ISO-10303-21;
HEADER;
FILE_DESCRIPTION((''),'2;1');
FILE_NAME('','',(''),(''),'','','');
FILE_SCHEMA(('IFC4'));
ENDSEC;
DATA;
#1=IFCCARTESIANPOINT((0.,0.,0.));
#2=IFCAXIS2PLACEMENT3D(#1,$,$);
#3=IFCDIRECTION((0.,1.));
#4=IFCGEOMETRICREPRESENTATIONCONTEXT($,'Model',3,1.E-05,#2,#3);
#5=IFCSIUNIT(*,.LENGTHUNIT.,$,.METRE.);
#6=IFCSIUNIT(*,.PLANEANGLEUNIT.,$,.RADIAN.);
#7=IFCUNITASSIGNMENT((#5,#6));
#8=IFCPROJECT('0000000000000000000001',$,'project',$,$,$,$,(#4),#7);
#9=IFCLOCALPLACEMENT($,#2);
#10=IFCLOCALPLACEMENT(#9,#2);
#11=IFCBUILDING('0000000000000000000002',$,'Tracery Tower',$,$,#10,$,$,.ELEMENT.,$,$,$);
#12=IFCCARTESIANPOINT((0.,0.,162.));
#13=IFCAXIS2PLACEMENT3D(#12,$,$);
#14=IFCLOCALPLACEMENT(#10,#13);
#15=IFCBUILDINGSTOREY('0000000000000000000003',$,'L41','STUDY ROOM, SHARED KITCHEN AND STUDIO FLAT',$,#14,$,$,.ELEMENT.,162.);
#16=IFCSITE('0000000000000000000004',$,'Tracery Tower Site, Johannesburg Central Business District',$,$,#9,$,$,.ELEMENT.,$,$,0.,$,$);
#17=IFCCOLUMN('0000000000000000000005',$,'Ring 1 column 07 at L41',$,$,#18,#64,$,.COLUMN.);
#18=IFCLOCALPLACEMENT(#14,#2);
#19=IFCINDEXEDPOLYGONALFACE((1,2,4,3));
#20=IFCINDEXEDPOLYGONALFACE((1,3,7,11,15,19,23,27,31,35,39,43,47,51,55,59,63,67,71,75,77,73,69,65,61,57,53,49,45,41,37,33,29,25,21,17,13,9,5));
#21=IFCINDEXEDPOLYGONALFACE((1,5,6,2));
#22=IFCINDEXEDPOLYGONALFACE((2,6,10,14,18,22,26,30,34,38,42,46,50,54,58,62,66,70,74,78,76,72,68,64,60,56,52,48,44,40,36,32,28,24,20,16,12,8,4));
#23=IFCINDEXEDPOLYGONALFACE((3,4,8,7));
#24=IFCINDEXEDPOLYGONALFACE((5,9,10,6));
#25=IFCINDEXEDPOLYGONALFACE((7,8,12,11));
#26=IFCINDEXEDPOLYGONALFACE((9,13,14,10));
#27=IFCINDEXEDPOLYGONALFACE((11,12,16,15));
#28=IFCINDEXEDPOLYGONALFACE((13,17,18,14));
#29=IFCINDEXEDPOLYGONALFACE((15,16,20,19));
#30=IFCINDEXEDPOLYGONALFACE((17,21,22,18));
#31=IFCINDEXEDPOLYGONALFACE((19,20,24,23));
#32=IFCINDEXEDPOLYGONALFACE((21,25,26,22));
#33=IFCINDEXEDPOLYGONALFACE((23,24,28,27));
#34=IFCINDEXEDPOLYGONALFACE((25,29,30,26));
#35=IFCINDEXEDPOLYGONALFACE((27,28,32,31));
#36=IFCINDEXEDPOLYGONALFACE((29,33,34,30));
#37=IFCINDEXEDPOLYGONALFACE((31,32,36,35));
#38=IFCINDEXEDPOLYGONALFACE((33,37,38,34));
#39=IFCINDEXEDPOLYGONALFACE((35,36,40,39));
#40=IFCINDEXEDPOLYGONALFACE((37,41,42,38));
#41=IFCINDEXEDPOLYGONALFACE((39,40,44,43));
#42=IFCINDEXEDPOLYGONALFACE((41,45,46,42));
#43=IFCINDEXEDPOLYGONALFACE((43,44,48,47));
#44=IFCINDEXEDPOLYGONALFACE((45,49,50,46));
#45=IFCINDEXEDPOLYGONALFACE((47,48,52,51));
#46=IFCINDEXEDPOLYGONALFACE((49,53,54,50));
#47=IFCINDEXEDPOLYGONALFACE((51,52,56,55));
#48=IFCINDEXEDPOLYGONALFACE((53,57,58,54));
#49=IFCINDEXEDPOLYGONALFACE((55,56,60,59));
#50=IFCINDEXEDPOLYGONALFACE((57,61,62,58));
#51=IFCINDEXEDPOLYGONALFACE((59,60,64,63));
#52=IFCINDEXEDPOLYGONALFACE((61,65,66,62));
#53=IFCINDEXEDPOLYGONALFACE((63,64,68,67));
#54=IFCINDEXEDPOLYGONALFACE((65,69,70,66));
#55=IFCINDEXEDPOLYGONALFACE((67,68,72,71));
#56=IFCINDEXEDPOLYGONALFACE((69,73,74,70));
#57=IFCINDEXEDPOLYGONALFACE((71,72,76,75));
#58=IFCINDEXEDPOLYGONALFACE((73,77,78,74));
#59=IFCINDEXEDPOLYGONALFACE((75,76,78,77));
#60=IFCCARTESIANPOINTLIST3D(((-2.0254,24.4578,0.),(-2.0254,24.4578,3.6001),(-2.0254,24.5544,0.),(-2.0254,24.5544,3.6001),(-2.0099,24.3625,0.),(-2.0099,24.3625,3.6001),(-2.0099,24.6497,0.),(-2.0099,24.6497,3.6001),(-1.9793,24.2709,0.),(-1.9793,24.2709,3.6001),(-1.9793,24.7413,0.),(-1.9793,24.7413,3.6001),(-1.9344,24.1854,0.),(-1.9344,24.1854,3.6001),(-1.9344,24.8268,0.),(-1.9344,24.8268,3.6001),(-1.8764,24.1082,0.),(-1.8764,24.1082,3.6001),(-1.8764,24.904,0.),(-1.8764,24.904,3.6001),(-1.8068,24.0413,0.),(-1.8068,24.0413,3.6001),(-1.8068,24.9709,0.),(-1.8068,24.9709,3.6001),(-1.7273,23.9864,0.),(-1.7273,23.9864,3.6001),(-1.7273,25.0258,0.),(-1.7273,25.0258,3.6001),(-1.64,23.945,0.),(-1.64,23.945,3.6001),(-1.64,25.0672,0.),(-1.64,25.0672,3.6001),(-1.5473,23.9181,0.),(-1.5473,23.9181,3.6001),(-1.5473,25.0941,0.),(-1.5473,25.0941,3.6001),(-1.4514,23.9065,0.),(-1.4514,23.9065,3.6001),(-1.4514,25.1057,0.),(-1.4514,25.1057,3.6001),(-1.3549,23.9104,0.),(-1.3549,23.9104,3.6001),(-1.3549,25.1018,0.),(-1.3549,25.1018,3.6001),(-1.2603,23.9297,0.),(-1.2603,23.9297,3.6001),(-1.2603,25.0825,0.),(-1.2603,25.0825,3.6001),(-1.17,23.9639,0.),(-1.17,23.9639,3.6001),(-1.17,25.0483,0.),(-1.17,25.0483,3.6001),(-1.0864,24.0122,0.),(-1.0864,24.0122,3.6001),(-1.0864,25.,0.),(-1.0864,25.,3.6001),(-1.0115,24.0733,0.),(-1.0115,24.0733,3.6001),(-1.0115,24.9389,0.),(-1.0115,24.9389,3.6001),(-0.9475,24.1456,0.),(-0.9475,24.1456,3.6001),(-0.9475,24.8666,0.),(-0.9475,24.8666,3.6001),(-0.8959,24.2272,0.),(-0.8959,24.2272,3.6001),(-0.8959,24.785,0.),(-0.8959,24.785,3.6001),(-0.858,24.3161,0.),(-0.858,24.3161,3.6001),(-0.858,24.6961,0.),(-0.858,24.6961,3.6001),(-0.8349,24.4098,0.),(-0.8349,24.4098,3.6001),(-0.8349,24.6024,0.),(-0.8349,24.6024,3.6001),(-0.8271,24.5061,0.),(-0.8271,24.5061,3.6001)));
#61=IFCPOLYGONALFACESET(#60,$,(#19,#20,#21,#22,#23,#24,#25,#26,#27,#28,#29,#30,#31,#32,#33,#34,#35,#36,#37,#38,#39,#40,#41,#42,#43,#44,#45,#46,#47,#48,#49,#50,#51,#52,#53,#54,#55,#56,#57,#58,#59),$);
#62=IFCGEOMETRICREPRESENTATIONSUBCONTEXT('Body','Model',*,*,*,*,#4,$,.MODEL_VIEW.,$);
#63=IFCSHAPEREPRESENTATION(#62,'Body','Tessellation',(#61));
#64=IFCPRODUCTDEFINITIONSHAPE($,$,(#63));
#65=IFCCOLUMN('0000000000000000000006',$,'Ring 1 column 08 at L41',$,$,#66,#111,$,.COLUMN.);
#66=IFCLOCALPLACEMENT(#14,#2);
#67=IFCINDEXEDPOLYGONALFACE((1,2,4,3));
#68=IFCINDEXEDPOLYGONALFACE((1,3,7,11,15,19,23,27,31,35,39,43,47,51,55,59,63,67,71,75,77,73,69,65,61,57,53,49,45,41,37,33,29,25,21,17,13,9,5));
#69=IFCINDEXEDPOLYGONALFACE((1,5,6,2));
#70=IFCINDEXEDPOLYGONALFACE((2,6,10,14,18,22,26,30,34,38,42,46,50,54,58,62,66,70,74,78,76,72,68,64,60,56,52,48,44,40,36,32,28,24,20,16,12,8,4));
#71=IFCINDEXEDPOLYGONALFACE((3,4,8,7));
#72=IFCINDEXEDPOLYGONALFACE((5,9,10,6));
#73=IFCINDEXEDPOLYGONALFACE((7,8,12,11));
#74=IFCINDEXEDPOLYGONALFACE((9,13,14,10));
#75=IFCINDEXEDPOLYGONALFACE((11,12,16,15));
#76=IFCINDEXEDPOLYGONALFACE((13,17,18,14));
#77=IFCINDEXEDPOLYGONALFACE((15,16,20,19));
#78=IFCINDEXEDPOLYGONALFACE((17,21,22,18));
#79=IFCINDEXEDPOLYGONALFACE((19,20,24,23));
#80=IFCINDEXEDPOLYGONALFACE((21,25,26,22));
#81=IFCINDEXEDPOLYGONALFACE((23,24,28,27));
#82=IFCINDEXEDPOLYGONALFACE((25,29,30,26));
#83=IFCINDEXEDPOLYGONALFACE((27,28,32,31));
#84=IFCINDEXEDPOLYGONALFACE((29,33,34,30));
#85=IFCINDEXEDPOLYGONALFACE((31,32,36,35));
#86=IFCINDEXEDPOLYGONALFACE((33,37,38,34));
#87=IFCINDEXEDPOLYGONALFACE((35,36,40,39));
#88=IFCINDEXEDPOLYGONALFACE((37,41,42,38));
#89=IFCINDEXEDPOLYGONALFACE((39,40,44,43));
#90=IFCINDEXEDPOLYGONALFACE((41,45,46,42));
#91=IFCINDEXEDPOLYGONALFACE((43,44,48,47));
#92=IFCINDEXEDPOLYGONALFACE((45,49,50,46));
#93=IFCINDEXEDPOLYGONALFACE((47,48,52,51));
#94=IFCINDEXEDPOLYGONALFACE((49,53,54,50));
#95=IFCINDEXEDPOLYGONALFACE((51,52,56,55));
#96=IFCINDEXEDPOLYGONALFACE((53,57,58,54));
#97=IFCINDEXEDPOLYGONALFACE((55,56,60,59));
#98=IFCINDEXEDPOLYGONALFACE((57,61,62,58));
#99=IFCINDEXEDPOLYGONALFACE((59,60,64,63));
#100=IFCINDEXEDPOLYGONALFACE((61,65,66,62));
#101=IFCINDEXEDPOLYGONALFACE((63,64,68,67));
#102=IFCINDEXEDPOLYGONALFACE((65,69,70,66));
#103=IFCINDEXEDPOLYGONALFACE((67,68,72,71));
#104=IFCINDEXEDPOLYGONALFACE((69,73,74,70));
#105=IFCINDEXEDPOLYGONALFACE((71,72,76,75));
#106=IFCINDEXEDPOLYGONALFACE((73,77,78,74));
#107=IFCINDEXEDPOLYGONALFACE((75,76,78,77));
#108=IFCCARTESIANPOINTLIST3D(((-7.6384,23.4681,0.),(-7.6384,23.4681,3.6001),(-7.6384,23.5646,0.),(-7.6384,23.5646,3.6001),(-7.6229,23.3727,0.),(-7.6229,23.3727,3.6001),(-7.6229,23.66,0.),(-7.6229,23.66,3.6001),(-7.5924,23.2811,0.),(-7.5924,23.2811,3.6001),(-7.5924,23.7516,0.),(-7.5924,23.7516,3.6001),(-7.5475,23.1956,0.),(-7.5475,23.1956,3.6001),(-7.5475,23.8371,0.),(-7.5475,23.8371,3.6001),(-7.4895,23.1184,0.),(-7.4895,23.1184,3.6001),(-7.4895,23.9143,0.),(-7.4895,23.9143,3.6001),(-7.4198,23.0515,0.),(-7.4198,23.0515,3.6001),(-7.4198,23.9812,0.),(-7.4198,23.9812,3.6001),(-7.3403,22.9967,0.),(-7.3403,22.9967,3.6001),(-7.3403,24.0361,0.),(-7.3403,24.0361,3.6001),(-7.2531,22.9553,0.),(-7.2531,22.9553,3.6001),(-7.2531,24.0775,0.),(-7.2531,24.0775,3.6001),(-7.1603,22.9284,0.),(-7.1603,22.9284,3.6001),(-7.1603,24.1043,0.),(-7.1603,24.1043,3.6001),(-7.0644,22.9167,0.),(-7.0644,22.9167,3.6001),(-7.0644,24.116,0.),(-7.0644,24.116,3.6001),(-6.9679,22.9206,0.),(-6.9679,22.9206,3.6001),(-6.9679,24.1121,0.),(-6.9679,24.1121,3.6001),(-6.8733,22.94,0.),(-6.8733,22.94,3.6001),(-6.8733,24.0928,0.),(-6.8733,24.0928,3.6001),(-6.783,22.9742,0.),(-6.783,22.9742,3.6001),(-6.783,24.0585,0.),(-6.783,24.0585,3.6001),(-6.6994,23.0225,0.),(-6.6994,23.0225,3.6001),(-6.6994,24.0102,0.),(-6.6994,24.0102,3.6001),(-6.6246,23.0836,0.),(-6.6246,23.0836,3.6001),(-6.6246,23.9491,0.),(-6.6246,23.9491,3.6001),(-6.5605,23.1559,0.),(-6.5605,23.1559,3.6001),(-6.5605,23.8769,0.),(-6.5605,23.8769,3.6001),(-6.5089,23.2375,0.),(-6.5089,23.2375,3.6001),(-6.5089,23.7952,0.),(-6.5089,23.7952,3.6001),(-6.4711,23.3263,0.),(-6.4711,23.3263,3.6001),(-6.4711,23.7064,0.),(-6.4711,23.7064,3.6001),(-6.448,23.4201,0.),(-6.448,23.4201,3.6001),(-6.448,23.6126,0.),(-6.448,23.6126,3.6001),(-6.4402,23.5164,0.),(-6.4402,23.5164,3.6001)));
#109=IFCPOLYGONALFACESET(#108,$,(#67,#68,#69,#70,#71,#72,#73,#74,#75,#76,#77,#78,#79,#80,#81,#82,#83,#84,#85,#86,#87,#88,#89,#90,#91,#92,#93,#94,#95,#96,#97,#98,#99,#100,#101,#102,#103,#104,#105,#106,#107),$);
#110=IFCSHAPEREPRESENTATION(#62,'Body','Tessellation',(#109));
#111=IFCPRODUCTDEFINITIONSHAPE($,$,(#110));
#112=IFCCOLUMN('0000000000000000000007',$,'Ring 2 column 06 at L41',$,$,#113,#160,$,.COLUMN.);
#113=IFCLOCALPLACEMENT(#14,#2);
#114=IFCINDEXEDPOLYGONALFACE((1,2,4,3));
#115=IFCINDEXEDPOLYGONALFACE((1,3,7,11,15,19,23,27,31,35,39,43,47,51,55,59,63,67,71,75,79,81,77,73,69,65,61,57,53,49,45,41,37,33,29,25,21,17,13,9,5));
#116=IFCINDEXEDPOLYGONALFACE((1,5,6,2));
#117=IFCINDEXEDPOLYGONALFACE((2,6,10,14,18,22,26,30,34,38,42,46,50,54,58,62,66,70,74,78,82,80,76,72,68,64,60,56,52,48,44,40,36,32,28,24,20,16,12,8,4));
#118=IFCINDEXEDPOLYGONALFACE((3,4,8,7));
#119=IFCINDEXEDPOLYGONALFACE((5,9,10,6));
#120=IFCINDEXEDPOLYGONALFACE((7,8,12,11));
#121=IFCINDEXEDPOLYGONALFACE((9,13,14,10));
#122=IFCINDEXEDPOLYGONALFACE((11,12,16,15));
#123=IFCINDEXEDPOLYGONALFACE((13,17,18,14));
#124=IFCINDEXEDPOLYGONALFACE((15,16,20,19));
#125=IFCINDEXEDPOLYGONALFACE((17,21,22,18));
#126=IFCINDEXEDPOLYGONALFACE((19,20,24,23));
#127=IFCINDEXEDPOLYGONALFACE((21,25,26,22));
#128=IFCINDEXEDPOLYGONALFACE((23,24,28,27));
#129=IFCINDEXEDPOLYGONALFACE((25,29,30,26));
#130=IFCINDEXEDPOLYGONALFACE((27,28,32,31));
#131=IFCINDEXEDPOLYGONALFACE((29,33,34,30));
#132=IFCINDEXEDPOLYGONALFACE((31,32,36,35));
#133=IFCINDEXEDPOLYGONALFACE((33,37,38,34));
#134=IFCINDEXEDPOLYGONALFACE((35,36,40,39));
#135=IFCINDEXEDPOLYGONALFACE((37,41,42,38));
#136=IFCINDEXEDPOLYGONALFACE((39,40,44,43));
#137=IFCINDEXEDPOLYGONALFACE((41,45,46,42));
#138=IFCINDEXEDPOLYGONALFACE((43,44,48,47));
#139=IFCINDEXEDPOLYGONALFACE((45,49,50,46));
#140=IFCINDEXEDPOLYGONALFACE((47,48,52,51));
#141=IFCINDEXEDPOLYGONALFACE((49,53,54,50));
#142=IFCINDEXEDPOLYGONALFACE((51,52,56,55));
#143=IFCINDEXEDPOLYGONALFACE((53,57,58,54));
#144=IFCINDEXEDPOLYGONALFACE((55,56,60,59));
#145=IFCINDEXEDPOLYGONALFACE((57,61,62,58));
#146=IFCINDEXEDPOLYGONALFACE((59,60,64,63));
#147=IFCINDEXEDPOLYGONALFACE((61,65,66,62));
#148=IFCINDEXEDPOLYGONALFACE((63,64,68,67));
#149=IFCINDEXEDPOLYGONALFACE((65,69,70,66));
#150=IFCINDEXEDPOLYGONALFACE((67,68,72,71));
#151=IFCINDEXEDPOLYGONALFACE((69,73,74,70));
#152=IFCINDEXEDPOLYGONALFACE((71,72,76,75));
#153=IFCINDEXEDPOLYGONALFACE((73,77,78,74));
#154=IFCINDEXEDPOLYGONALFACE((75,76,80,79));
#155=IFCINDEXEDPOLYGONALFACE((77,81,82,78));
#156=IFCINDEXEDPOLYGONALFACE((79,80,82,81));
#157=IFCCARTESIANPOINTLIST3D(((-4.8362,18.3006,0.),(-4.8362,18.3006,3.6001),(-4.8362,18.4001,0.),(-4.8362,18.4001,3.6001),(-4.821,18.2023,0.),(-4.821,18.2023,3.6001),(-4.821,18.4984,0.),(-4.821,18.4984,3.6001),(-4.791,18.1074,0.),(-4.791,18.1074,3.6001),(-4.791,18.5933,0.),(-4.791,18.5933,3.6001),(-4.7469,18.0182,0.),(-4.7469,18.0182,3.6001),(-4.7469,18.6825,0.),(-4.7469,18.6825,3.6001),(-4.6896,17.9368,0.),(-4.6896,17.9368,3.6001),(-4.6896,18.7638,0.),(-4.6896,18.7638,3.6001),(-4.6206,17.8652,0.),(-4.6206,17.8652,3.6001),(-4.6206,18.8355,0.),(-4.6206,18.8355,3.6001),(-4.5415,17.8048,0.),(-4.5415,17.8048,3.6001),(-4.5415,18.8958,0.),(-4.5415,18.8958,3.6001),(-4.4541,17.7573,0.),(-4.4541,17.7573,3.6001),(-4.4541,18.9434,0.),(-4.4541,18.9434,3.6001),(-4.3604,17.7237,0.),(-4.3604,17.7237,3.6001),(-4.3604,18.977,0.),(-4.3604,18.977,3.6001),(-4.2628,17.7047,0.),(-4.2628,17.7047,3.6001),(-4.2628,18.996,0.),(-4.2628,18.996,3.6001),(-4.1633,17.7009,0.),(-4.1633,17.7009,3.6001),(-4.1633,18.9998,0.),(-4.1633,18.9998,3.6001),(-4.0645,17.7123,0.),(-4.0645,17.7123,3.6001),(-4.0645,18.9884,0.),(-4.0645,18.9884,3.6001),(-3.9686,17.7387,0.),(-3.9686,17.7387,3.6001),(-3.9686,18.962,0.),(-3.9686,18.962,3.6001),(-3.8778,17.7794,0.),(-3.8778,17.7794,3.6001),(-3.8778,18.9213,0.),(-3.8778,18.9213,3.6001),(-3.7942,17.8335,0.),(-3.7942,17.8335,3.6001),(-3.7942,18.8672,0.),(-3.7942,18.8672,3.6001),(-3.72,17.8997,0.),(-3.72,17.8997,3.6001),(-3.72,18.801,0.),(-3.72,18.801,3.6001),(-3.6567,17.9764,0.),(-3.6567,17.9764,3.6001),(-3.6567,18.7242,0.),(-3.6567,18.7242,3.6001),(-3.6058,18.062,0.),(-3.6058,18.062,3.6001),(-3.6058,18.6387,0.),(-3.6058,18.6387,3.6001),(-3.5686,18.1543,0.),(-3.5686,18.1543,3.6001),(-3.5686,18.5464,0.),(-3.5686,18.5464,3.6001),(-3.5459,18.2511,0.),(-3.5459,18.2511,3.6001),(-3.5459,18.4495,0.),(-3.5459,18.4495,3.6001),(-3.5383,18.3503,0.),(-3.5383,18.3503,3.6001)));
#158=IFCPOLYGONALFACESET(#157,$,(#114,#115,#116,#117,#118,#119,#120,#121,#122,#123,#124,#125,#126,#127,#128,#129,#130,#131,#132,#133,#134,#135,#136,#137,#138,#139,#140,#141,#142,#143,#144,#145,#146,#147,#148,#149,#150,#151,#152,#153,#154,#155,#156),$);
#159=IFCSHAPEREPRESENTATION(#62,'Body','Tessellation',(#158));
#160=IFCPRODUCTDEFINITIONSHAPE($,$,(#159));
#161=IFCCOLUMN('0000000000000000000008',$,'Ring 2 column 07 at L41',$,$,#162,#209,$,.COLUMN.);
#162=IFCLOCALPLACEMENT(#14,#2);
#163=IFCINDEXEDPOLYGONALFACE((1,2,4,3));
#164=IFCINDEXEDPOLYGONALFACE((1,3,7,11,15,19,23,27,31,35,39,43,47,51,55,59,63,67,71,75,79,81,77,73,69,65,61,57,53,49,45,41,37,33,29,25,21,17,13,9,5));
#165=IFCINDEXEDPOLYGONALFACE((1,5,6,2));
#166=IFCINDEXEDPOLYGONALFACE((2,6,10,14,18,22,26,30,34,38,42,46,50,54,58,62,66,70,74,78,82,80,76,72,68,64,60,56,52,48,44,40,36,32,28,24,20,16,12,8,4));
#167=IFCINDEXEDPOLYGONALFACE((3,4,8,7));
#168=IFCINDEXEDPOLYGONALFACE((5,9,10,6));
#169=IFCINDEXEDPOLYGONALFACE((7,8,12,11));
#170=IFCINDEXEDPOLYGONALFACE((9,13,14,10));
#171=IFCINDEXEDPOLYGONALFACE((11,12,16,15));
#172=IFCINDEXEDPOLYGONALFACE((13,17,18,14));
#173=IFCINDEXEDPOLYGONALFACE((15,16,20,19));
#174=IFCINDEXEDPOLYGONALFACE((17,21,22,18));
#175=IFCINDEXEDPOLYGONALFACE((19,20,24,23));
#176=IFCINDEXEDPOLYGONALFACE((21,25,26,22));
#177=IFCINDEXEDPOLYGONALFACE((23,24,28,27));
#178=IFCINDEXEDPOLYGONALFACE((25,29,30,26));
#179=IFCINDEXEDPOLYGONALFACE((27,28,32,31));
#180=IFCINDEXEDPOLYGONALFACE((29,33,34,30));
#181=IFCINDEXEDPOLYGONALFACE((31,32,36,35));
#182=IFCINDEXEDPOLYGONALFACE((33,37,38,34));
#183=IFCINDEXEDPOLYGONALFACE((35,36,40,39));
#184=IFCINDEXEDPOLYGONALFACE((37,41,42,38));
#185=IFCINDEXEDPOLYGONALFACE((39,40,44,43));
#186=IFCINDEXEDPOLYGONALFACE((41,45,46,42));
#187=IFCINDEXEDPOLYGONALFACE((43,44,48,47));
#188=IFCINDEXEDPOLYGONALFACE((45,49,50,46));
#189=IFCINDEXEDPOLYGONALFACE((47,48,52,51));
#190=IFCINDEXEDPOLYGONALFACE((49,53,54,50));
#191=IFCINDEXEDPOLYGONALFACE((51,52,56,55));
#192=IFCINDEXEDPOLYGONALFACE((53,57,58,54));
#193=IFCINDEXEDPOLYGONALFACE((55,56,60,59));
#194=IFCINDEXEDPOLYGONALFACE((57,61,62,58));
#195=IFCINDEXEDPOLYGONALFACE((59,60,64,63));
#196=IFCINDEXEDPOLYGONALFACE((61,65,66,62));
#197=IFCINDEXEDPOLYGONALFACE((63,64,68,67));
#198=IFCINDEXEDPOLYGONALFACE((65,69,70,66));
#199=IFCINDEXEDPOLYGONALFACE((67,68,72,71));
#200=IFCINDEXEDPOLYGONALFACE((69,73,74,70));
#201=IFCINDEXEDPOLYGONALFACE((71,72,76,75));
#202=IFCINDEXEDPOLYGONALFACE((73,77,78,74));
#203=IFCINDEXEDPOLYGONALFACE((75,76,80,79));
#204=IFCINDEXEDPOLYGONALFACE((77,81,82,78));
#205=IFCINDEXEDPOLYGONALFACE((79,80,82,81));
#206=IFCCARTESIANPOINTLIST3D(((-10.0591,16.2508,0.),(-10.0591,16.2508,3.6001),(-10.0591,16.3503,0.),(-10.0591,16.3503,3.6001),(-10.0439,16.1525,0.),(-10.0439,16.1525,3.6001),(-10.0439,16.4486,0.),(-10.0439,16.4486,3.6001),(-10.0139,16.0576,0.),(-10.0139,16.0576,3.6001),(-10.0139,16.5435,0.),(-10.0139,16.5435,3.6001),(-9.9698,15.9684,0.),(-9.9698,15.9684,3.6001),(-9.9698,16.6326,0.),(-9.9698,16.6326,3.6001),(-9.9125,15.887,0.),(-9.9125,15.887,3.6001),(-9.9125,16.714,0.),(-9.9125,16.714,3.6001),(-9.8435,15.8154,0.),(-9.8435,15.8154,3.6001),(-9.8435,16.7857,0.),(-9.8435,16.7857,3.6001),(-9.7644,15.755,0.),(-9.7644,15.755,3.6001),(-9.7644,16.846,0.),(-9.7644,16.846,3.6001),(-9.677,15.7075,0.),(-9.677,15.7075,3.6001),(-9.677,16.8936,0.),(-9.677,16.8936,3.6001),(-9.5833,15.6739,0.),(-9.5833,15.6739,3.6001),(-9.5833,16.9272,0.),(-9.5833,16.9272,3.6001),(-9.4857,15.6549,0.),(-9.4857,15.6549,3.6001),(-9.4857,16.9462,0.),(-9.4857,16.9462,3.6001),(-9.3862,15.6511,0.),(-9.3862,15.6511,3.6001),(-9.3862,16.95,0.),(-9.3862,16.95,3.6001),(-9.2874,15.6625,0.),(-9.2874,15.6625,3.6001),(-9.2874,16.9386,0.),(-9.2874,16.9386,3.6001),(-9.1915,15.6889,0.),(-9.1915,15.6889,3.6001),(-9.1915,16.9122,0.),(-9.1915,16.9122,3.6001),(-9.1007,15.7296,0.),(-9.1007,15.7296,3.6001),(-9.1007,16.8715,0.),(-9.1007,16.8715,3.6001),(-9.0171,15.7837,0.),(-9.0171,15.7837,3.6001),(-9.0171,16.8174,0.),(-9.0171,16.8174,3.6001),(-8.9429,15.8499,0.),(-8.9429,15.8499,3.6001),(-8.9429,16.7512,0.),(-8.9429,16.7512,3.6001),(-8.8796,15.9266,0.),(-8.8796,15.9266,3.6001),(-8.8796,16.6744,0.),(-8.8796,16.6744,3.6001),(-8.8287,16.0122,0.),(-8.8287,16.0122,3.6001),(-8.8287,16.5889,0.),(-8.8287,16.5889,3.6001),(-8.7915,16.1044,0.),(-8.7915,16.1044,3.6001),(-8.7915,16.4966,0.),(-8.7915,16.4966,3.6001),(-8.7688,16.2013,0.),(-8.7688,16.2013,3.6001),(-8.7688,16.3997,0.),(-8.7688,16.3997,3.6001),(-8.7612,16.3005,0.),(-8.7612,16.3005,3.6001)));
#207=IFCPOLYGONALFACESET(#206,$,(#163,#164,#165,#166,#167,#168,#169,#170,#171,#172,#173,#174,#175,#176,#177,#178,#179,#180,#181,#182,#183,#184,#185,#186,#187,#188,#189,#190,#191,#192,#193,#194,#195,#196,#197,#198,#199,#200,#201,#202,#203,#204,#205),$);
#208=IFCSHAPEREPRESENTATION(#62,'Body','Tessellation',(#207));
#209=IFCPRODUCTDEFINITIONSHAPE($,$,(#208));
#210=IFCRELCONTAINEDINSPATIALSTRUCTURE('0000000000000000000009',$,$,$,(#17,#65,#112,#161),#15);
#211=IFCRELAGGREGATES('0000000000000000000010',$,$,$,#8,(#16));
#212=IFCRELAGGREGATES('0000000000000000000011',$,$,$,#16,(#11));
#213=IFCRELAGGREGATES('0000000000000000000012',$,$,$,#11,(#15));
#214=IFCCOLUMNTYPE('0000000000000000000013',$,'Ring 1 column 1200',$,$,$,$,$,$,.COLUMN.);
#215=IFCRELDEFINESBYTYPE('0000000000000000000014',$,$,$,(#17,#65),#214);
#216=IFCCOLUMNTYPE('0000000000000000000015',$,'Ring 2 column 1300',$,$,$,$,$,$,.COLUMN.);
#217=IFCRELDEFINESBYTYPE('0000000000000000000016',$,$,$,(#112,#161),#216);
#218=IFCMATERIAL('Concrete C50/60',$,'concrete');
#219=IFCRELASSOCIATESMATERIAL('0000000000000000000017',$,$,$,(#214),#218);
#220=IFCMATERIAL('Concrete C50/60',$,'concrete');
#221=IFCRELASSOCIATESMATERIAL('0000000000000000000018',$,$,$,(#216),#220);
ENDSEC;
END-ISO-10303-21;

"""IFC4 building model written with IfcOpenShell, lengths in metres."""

from ifc_helpers import new_model, si_unit, direction, frame, origin, origin_2d, place, context, subcontext, project, spatial, circle, extrude, material, material_profile, profile_set, type_object, element, save


model = new_model("IFC4")

# Units and contexts
model_context = context("Model", 3, precision=1e-05, world=origin(), true_north=direction((0.0, 1.0)))
body_context = subcontext(model_context, "Body", "Model", "MODEL_VIEW")
ifc_project = project(units=[si_unit("LENGTHUNIT", "METRE"), si_unit("PLANEANGLEUNIT", "RADIAN")], contexts=[model_context])

# Site, building, storey
site_placement = place(None, origin())
site = spatial("IfcSite", under=ifc_project, at=site_placement, Name="Tracery Tower Site, Johannesburg Central Business District", CompositionType="ELEMENT", RefElevation=0.0)
building_placement = place(site_placement, origin())
building = spatial("IfcBuilding", under=site, at=building_placement, Name="Tracery Tower", CompositionType="ELEMENT")
storey_placement = place(building_placement, frame((0.0, 0.0, 162.0)))
storey = spatial("IfcBuildingStorey", under=building, at=storey_placement, Name="L41", Description="STUDY ROOM, SHARED KITCHEN AND STUDIO FLAT", CompositionType="ELEMENT", Elevation=162.0)

# Columns
ifc_material_1 = material(Name="Concrete C50/60", Category="concrete")
ifc_material_profile_1 = material_profile(ifc_material_1, circle(Radius=0.6001, at=origin_2d()), Name="RC D1200")
ifc_profile_set_1 = profile_set([ifc_material_profile_1], Name="Concrete C50/60")
column_type_1 = type_object("IfcColumnType", Name="Ring 1 column 1200", PredefinedType="COLUMN", material=ifc_profile_set_1)
for number, where, z_axis, x_axis, name in (
    (1, (-1.4272, 24.5061, 0.0), (0.0, 0.0, 1.0), (1.0, 0.0, 0.0), "Ring 1 column 07 at L41"),
    (2, (-7.0403, 23.5164, 0.0), (0.0, 0.0, 1.0), (1.0, 0.0, 0.0), "Ring 1 column 08 at L41"),
):
    element("IfcColumn", number, at=place(storey_placement, frame(where, z_axis=z_axis, x_axis=x_axis)), inside=storey, type_object=column_type_1, Name=name, PredefinedType="COLUMN", context=body_context, shape_type="SweptSolid", body=[
        extrude(circle(Radius=0.6001, at=origin_2d()), origin(), (0.0, 0.0, 1.0), 3.6001),
    ])
ifc_material_2 = material(Name="Concrete C50/60", Category="concrete")
ifc_material_profile_2 = material_profile(ifc_material_2, circle(Radius=0.6499, at=origin_2d()), Name="RC D1300")
ifc_profile_set_2 = profile_set([ifc_material_profile_2], Name="Concrete C50/60")
column_type_2 = type_object("IfcColumnType", Name="Ring 2 column 1300", PredefinedType="COLUMN", material=ifc_profile_set_2)
for number, where, z_axis, x_axis, name in (
    (3, (-4.1882, 18.3503, 0.0), (0.0, 0.0, 1.0), (1.0, 0.0, 0.0), "Ring 2 column 06 at L41"),
    (4, (-9.4111, 16.3005, 0.0), (0.0, 0.0, 1.0), (1.0, 0.0, 0.0), "Ring 2 column 07 at L41"),
):
    element("IfcColumn", number, at=place(storey_placement, frame(where, z_axis=z_axis, x_axis=x_axis)), inside=storey, type_object=column_type_2, Name=name, PredefinedType="COLUMN", context=body_context, shape_type="SweptSolid", body=[
        extrude(circle(Radius=0.6499, at=origin_2d()), origin(), (0.0, 0.0, 1.0), 3.6001),
    ])

save(model, "model.ifc")
